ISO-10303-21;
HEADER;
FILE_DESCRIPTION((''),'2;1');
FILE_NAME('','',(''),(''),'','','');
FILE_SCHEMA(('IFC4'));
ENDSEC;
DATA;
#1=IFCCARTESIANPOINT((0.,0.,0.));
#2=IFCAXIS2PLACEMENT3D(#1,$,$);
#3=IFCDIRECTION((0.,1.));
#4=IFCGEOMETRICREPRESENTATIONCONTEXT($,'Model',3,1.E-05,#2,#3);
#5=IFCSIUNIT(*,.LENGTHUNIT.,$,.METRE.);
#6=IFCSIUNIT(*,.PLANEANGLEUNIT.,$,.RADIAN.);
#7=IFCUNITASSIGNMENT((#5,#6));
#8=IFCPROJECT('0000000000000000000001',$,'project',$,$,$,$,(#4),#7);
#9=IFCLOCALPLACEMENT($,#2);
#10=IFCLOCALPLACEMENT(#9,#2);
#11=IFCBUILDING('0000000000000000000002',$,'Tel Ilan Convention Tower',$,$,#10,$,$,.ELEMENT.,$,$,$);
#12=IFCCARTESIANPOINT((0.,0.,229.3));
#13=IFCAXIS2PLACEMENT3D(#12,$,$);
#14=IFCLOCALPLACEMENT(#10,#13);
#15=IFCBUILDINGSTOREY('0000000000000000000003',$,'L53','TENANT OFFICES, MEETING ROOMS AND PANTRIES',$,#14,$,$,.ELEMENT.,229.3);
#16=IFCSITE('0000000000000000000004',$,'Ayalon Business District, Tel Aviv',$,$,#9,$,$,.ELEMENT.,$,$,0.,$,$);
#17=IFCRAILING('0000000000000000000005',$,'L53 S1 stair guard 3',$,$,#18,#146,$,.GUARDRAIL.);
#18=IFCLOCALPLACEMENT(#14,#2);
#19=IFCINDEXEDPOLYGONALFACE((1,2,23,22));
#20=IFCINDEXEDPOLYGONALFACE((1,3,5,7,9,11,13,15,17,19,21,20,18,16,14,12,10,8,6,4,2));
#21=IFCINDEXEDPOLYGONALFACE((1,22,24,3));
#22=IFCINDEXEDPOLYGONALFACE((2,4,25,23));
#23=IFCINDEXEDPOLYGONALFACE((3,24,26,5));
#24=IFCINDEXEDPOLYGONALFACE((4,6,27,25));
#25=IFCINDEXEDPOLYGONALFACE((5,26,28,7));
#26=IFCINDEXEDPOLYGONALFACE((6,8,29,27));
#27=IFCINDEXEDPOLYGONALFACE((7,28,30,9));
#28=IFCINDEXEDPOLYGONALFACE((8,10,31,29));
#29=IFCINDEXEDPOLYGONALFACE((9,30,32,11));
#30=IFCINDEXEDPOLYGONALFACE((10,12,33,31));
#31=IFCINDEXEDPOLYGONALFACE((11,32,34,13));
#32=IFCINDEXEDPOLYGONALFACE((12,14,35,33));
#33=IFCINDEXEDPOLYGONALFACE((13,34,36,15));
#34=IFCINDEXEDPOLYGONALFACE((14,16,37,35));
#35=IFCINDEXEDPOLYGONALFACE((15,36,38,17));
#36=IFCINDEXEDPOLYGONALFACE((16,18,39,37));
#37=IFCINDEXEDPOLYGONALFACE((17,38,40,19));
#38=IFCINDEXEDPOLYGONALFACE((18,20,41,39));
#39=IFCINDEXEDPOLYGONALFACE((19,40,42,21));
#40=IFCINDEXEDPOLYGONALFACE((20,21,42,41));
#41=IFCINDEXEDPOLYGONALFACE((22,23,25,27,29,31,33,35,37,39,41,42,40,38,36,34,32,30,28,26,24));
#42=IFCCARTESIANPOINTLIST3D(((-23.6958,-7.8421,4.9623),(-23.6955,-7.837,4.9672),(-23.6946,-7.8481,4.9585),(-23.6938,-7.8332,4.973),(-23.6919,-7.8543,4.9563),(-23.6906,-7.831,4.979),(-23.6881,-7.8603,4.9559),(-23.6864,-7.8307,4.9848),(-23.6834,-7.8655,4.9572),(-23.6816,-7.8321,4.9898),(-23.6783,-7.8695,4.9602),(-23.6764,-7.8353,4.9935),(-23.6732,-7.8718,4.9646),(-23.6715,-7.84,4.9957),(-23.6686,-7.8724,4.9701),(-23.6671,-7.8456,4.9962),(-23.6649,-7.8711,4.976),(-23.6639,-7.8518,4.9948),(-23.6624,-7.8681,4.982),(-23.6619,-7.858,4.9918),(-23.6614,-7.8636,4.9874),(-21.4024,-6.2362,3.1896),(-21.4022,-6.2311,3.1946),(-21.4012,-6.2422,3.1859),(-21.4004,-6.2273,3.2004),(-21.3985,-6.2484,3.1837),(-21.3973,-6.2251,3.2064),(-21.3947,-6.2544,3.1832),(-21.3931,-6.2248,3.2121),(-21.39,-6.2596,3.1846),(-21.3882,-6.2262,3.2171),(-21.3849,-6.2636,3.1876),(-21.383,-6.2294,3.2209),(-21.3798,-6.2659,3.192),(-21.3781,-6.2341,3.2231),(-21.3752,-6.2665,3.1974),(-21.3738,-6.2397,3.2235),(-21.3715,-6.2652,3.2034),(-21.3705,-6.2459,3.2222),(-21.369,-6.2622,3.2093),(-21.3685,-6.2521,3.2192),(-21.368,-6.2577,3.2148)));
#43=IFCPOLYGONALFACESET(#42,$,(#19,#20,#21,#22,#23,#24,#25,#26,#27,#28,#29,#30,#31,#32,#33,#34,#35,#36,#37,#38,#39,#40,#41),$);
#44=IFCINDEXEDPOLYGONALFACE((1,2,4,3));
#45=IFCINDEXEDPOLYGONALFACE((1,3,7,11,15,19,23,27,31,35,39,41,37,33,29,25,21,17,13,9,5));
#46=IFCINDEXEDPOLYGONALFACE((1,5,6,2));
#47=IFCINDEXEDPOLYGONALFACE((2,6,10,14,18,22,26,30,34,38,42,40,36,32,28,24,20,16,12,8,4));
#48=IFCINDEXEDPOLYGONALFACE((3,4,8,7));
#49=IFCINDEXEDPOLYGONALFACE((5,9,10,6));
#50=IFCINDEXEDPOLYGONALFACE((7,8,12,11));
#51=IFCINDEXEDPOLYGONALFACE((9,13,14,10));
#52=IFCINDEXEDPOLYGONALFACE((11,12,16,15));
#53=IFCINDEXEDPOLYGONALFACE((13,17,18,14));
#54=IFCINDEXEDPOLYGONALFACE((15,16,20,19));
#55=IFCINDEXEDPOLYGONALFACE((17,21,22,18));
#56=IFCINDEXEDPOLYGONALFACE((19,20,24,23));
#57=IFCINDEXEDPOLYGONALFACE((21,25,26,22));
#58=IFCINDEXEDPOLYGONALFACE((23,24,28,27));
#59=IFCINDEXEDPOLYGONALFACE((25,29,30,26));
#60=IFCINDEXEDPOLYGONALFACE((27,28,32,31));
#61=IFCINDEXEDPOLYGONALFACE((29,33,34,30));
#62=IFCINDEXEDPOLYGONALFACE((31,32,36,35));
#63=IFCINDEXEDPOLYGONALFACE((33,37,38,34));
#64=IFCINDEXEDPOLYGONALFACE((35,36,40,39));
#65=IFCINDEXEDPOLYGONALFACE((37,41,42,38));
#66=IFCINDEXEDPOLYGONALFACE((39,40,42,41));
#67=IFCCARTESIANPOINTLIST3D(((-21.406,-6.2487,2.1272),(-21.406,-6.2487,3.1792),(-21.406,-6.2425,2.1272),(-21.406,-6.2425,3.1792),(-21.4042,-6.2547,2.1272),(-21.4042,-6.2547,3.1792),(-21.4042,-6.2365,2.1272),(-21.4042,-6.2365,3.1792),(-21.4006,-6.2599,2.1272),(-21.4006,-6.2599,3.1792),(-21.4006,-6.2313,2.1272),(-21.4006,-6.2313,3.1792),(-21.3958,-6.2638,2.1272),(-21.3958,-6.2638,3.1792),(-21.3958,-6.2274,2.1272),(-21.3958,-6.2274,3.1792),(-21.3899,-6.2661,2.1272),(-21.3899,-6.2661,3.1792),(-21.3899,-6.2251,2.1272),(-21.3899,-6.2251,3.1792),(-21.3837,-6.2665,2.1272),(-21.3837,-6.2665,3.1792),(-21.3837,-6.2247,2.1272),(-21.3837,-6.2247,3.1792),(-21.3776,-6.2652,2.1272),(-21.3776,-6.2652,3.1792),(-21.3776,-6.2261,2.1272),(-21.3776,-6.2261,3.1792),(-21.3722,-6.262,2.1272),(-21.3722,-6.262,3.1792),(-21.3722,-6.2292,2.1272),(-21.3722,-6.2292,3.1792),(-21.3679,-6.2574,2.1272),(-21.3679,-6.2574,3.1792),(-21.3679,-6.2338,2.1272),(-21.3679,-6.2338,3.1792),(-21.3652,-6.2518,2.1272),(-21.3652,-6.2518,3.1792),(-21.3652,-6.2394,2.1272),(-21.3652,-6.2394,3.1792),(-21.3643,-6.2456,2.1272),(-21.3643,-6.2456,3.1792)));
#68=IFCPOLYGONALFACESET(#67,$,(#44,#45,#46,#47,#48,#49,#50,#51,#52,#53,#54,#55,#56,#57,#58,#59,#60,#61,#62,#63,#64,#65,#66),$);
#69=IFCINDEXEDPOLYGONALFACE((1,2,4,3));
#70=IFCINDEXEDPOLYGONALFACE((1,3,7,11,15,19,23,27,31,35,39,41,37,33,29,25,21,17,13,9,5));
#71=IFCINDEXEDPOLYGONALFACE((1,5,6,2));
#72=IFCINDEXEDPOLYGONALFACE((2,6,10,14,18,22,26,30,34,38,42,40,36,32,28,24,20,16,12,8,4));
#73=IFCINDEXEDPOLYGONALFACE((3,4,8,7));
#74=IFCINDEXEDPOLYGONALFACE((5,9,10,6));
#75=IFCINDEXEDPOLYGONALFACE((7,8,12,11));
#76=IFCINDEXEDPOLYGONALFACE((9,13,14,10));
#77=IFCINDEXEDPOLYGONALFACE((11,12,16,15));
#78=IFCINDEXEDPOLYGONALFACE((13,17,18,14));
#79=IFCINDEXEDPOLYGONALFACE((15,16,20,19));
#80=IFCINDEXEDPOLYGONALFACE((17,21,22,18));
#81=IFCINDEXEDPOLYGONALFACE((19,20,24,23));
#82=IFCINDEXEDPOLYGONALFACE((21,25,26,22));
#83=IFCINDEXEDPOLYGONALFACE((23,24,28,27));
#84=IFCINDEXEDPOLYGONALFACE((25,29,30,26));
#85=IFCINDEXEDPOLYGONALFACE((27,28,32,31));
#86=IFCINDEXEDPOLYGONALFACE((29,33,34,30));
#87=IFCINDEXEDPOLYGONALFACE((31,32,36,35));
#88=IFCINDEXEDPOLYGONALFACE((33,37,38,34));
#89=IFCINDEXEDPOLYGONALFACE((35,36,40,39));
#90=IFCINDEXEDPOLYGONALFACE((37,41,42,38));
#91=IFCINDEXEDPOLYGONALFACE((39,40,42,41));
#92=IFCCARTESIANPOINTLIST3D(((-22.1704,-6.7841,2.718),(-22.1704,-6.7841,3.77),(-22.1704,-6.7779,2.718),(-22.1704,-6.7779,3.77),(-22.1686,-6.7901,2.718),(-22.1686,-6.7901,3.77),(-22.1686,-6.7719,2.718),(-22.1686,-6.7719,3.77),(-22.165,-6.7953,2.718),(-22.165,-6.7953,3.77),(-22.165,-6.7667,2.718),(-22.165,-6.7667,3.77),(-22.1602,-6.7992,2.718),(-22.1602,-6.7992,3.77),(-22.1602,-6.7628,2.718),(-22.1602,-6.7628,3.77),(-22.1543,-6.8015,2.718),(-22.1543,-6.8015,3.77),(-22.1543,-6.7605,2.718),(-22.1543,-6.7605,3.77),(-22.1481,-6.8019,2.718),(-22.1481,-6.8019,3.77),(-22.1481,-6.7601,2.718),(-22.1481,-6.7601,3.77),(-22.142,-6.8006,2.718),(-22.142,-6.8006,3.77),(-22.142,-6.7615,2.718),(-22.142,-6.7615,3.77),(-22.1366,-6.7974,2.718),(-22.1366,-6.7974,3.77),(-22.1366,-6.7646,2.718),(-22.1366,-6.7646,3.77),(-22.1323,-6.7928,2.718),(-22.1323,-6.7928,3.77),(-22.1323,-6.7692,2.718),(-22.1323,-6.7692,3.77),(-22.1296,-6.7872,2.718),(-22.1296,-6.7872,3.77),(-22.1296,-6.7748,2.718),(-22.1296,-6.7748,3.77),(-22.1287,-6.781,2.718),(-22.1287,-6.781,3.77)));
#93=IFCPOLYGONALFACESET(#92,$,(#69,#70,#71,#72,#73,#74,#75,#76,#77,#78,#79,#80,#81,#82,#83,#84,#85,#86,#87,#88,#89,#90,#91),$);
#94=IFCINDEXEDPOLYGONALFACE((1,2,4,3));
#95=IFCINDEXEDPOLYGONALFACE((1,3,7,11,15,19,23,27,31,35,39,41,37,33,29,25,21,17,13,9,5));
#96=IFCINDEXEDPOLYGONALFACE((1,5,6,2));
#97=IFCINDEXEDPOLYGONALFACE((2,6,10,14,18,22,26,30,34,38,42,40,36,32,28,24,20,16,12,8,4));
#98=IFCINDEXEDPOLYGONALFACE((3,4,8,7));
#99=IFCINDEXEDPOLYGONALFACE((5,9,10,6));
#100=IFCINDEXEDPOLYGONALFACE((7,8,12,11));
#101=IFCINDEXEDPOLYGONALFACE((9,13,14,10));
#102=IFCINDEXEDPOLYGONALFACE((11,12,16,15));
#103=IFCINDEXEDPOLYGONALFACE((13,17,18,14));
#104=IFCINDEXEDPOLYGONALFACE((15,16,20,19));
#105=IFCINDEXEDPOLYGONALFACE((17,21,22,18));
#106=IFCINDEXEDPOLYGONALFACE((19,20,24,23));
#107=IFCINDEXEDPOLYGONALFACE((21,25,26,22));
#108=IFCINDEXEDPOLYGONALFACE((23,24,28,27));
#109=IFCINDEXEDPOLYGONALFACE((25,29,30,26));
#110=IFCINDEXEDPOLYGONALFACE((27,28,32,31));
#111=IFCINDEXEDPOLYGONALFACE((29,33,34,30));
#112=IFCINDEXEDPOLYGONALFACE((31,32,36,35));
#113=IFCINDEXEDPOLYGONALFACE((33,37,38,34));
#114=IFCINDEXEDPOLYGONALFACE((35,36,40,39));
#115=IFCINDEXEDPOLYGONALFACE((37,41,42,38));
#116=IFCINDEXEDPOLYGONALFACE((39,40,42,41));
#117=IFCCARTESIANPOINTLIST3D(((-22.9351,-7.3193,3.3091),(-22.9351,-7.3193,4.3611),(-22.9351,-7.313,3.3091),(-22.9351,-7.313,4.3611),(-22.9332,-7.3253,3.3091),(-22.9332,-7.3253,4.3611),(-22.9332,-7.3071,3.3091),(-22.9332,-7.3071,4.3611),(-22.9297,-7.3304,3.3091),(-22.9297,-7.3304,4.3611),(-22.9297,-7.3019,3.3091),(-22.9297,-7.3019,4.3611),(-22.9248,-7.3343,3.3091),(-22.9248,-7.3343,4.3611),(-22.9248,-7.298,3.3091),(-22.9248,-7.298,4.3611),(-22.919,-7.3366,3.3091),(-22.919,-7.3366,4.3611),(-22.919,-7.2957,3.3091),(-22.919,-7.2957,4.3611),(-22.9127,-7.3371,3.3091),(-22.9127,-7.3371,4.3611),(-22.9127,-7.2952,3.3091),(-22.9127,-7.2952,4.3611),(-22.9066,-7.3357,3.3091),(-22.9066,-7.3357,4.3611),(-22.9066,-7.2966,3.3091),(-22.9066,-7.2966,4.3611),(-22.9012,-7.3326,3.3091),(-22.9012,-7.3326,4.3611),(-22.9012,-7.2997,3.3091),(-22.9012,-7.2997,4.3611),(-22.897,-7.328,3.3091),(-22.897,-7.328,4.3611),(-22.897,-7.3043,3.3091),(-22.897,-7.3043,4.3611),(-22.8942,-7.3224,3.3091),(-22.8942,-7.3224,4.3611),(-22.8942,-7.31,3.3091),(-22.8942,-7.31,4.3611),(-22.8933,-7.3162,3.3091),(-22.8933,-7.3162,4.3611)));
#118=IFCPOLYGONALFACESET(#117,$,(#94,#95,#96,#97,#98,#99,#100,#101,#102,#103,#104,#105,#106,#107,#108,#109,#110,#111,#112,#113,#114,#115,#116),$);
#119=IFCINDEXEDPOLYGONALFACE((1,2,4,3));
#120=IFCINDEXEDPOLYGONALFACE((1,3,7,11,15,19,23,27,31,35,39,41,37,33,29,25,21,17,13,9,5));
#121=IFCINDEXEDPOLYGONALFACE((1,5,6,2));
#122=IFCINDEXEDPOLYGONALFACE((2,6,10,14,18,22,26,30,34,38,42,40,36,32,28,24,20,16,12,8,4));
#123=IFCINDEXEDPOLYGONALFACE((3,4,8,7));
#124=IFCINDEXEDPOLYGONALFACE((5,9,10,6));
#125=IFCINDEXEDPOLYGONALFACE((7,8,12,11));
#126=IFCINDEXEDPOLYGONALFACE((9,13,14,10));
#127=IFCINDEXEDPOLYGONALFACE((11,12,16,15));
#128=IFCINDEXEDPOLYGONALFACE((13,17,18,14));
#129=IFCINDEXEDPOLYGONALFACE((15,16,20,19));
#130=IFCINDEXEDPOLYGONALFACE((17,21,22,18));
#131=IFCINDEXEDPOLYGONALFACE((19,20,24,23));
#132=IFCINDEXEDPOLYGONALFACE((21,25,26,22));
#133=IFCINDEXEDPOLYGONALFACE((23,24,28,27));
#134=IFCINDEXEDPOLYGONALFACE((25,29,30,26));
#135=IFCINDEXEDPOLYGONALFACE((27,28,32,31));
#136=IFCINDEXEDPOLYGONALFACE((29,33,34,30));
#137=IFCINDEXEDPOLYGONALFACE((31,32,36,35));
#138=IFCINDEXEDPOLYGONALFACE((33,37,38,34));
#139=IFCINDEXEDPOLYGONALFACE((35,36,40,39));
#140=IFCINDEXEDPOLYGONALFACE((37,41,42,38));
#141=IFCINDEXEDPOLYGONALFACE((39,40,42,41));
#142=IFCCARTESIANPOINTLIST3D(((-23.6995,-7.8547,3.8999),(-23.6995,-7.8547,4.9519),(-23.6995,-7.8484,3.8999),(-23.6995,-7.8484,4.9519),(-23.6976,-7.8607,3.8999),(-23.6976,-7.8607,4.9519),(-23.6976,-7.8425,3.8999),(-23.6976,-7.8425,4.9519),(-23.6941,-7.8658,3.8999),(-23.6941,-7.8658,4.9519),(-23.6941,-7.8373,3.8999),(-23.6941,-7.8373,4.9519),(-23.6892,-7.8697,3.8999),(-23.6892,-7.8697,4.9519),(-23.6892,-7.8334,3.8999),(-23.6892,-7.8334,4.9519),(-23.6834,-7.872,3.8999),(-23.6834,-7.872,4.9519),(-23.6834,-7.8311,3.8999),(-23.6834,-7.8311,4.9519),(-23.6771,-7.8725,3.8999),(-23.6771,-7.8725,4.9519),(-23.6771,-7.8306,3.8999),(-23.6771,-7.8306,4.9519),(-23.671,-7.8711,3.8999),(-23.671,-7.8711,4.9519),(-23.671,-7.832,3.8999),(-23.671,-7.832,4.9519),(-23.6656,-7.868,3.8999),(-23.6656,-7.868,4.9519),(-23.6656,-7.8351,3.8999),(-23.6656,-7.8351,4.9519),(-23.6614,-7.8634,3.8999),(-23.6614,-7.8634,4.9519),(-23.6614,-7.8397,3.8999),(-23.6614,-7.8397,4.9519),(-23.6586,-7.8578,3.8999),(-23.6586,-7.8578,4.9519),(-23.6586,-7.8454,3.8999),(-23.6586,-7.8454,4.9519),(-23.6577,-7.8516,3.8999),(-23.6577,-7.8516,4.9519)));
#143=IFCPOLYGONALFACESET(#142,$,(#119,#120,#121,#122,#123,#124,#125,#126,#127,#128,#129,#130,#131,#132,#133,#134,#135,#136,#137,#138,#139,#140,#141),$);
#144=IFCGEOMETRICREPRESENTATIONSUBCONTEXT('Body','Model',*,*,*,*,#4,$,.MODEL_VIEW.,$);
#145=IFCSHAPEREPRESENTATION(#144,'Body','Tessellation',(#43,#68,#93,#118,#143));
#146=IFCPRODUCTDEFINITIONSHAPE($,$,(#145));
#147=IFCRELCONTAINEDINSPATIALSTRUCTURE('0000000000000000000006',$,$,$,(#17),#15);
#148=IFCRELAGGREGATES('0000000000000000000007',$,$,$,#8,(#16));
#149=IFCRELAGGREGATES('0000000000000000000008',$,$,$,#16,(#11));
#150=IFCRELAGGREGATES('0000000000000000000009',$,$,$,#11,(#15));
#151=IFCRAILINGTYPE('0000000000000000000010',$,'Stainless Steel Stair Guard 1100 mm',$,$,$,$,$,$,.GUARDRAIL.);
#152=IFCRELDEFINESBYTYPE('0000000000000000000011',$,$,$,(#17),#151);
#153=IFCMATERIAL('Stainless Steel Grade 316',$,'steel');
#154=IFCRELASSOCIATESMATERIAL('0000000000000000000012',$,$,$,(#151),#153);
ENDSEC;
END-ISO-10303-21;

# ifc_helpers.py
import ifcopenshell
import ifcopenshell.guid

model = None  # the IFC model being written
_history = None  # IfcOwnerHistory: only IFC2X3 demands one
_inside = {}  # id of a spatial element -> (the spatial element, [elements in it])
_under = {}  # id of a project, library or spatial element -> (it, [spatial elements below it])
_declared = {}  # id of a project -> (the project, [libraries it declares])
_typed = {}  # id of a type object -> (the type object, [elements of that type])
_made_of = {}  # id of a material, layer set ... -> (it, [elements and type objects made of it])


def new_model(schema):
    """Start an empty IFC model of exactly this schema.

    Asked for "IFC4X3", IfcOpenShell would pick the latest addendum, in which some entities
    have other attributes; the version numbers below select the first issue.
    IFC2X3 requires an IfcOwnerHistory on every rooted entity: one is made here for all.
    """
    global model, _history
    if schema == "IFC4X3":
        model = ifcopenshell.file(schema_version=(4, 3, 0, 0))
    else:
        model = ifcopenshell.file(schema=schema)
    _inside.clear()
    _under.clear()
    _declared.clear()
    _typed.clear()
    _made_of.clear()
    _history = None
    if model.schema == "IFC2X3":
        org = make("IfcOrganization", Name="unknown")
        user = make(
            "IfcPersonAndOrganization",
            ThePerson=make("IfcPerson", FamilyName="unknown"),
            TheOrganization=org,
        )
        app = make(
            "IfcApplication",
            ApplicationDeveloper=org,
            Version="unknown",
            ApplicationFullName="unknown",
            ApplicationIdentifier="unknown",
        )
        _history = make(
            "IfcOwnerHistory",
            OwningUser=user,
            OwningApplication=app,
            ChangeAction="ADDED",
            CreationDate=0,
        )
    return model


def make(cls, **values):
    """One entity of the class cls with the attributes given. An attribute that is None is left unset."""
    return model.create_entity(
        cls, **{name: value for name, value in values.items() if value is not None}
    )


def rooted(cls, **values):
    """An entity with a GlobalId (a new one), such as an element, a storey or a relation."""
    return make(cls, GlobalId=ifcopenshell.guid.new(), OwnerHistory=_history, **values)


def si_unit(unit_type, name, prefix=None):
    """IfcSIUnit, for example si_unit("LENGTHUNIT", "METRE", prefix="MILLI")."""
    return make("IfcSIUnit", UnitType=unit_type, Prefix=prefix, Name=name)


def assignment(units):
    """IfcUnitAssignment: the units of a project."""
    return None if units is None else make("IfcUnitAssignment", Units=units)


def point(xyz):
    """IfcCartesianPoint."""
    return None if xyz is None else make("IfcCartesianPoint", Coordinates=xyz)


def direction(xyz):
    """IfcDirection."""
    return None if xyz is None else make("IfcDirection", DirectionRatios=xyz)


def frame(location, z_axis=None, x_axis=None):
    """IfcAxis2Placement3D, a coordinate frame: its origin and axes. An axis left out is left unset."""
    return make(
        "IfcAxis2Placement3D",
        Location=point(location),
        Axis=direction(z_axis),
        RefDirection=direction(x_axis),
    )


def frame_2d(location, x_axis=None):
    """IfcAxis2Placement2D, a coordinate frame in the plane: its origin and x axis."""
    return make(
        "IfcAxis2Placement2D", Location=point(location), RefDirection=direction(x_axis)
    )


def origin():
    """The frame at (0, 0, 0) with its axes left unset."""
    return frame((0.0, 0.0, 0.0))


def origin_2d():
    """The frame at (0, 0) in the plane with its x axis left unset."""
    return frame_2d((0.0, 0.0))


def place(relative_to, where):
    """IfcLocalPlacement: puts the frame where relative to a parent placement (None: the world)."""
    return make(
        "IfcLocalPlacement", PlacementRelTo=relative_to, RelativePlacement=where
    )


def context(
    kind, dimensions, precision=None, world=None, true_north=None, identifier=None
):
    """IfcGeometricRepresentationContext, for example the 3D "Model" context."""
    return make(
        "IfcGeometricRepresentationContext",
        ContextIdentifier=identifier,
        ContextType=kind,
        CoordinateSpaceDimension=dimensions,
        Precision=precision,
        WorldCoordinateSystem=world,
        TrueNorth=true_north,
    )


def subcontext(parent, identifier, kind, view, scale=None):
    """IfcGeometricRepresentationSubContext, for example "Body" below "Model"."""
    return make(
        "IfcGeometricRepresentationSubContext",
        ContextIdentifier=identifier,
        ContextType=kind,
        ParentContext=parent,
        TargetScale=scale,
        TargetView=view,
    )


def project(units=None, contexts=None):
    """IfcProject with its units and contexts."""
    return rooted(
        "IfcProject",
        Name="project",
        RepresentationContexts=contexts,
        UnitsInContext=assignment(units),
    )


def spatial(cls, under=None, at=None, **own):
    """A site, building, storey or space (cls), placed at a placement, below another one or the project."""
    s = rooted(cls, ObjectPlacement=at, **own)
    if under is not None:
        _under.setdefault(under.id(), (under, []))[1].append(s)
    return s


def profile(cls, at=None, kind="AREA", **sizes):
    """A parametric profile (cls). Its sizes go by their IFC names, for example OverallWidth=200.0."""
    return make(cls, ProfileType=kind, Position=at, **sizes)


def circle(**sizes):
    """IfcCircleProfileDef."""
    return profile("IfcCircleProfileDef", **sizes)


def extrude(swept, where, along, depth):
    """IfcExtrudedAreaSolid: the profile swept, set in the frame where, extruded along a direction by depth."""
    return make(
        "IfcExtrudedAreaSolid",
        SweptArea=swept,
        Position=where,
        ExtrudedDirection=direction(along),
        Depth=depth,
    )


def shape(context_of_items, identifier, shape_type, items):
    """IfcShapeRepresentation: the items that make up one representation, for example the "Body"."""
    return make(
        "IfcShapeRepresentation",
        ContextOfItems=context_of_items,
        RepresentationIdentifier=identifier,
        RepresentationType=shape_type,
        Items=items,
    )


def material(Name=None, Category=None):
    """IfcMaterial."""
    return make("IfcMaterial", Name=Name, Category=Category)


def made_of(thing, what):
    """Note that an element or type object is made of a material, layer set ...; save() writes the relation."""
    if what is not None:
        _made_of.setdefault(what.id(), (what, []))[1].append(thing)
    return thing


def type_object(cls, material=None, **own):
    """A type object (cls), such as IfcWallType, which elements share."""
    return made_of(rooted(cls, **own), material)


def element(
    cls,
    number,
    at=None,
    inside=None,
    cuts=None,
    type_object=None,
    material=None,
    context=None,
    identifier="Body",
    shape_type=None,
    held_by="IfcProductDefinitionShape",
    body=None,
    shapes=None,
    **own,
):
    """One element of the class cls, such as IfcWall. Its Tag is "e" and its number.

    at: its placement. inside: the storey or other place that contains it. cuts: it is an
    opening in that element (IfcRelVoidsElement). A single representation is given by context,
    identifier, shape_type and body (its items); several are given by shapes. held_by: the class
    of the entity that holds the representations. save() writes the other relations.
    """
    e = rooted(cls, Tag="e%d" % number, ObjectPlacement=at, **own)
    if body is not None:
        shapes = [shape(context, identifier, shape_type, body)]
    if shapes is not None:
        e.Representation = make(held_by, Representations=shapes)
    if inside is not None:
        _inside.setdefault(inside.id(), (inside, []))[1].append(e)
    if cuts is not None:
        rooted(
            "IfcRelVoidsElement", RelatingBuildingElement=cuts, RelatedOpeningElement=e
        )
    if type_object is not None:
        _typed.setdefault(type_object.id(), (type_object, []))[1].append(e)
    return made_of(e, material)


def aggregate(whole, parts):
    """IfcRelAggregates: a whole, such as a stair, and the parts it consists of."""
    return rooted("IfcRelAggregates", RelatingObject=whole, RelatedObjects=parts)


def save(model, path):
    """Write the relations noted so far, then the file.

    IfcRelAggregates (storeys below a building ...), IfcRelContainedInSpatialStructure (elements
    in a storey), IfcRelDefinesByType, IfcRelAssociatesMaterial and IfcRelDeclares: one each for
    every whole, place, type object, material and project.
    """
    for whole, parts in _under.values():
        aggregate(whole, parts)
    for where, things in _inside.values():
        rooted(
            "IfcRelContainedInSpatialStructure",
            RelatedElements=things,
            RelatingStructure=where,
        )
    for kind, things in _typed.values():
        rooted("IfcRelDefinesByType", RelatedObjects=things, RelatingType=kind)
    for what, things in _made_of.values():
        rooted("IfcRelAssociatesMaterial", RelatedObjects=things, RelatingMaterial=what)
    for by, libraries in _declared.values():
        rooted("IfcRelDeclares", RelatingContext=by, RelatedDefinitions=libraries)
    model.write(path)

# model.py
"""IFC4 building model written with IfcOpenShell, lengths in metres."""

from ifc_helpers import new_model, si_unit, direction, frame, origin, origin_2d, place, context, subcontext, project, spatial, circle, extrude, material, type_object, element, save


model = new_model("IFC4")

# Units and contexts
model_context = context("Model", 3, precision=1e-05, world=origin(), true_north=direction((0.0, 1.0)))
body_context = subcontext(model_context, "Body", "Model", "MODEL_VIEW")
ifc_project = project(units=[si_unit("LENGTHUNIT", "METRE"), si_unit("PLANEANGLEUNIT", "RADIAN")], contexts=[model_context])

# Site, building, storey
site_placement = place(None, origin())
site = spatial("IfcSite", under=ifc_project, at=site_placement, Name="Ayalon Business District, Tel Aviv", CompositionType="ELEMENT", RefElevation=0.0)
building_placement = place(site_placement, origin())
building = spatial("IfcBuilding", under=site, at=building_placement, Name="Tel Ilan Convention Tower", CompositionType="ELEMENT")
storey_placement = place(building_placement, frame((0.0, 0.0, 229.3)))
storey = spatial("IfcBuildingStorey", under=building, at=storey_placement, Name="L53", Description="TENANT OFFICES, MEETING ROOMS AND PANTRIES", CompositionType="ELEMENT", Elevation=229.3)

# Railing
ifc_material_1 = material(Name="Stainless Steel Grade 316", Category="steel")
railing_type_1 = type_object("IfcRailingType", Name="Stainless Steel Stair Guard 1100 mm", PredefinedType="GUARDRAIL", material=ifc_material_1)
railing_1_placement = place(storey_placement, frame((-21.3853, -6.2456, 2.1272)))
element("IfcRailing", 1, at=railing_1_placement, inside=storey, type_object=railing_type_1, Name="L53 S1 stair guard 3", PredefinedType="GUARDRAIL", context=body_context, shape_type="SweptSolid", body=[
    extrude(circle(Radius=0.0239, at=origin_2d()), frame((0.0, 0.0, 1.0762), z_axis=(-0.692085, -0.484621, 0.53494), x_axis=(0.573591, -0.819142, 0.0)), (0.0, 0.0, 1.0), 3.3137),
    extrude(circle(Radius=0.021, at=origin_2d()), origin(), (0.0, 0.0, 1.0), 1.052),
    extrude(circle(Radius=0.021, at=origin_2d()), frame((-0.7644, -0.5354, 0.5908)), (0.0, 0.0, 1.0), 1.052),
    extrude(circle(Radius=0.021, at=origin_2d()), frame((-1.5291, -1.0706, 1.1819)), (0.0, 0.0, 1.0), 1.052),
    extrude(circle(Radius=0.021, at=origin_2d()), frame((-2.2935, -1.606, 1.7727)), (0.0, 0.0, 1.0), 1.052),
])

save(model, "model.ifc")
